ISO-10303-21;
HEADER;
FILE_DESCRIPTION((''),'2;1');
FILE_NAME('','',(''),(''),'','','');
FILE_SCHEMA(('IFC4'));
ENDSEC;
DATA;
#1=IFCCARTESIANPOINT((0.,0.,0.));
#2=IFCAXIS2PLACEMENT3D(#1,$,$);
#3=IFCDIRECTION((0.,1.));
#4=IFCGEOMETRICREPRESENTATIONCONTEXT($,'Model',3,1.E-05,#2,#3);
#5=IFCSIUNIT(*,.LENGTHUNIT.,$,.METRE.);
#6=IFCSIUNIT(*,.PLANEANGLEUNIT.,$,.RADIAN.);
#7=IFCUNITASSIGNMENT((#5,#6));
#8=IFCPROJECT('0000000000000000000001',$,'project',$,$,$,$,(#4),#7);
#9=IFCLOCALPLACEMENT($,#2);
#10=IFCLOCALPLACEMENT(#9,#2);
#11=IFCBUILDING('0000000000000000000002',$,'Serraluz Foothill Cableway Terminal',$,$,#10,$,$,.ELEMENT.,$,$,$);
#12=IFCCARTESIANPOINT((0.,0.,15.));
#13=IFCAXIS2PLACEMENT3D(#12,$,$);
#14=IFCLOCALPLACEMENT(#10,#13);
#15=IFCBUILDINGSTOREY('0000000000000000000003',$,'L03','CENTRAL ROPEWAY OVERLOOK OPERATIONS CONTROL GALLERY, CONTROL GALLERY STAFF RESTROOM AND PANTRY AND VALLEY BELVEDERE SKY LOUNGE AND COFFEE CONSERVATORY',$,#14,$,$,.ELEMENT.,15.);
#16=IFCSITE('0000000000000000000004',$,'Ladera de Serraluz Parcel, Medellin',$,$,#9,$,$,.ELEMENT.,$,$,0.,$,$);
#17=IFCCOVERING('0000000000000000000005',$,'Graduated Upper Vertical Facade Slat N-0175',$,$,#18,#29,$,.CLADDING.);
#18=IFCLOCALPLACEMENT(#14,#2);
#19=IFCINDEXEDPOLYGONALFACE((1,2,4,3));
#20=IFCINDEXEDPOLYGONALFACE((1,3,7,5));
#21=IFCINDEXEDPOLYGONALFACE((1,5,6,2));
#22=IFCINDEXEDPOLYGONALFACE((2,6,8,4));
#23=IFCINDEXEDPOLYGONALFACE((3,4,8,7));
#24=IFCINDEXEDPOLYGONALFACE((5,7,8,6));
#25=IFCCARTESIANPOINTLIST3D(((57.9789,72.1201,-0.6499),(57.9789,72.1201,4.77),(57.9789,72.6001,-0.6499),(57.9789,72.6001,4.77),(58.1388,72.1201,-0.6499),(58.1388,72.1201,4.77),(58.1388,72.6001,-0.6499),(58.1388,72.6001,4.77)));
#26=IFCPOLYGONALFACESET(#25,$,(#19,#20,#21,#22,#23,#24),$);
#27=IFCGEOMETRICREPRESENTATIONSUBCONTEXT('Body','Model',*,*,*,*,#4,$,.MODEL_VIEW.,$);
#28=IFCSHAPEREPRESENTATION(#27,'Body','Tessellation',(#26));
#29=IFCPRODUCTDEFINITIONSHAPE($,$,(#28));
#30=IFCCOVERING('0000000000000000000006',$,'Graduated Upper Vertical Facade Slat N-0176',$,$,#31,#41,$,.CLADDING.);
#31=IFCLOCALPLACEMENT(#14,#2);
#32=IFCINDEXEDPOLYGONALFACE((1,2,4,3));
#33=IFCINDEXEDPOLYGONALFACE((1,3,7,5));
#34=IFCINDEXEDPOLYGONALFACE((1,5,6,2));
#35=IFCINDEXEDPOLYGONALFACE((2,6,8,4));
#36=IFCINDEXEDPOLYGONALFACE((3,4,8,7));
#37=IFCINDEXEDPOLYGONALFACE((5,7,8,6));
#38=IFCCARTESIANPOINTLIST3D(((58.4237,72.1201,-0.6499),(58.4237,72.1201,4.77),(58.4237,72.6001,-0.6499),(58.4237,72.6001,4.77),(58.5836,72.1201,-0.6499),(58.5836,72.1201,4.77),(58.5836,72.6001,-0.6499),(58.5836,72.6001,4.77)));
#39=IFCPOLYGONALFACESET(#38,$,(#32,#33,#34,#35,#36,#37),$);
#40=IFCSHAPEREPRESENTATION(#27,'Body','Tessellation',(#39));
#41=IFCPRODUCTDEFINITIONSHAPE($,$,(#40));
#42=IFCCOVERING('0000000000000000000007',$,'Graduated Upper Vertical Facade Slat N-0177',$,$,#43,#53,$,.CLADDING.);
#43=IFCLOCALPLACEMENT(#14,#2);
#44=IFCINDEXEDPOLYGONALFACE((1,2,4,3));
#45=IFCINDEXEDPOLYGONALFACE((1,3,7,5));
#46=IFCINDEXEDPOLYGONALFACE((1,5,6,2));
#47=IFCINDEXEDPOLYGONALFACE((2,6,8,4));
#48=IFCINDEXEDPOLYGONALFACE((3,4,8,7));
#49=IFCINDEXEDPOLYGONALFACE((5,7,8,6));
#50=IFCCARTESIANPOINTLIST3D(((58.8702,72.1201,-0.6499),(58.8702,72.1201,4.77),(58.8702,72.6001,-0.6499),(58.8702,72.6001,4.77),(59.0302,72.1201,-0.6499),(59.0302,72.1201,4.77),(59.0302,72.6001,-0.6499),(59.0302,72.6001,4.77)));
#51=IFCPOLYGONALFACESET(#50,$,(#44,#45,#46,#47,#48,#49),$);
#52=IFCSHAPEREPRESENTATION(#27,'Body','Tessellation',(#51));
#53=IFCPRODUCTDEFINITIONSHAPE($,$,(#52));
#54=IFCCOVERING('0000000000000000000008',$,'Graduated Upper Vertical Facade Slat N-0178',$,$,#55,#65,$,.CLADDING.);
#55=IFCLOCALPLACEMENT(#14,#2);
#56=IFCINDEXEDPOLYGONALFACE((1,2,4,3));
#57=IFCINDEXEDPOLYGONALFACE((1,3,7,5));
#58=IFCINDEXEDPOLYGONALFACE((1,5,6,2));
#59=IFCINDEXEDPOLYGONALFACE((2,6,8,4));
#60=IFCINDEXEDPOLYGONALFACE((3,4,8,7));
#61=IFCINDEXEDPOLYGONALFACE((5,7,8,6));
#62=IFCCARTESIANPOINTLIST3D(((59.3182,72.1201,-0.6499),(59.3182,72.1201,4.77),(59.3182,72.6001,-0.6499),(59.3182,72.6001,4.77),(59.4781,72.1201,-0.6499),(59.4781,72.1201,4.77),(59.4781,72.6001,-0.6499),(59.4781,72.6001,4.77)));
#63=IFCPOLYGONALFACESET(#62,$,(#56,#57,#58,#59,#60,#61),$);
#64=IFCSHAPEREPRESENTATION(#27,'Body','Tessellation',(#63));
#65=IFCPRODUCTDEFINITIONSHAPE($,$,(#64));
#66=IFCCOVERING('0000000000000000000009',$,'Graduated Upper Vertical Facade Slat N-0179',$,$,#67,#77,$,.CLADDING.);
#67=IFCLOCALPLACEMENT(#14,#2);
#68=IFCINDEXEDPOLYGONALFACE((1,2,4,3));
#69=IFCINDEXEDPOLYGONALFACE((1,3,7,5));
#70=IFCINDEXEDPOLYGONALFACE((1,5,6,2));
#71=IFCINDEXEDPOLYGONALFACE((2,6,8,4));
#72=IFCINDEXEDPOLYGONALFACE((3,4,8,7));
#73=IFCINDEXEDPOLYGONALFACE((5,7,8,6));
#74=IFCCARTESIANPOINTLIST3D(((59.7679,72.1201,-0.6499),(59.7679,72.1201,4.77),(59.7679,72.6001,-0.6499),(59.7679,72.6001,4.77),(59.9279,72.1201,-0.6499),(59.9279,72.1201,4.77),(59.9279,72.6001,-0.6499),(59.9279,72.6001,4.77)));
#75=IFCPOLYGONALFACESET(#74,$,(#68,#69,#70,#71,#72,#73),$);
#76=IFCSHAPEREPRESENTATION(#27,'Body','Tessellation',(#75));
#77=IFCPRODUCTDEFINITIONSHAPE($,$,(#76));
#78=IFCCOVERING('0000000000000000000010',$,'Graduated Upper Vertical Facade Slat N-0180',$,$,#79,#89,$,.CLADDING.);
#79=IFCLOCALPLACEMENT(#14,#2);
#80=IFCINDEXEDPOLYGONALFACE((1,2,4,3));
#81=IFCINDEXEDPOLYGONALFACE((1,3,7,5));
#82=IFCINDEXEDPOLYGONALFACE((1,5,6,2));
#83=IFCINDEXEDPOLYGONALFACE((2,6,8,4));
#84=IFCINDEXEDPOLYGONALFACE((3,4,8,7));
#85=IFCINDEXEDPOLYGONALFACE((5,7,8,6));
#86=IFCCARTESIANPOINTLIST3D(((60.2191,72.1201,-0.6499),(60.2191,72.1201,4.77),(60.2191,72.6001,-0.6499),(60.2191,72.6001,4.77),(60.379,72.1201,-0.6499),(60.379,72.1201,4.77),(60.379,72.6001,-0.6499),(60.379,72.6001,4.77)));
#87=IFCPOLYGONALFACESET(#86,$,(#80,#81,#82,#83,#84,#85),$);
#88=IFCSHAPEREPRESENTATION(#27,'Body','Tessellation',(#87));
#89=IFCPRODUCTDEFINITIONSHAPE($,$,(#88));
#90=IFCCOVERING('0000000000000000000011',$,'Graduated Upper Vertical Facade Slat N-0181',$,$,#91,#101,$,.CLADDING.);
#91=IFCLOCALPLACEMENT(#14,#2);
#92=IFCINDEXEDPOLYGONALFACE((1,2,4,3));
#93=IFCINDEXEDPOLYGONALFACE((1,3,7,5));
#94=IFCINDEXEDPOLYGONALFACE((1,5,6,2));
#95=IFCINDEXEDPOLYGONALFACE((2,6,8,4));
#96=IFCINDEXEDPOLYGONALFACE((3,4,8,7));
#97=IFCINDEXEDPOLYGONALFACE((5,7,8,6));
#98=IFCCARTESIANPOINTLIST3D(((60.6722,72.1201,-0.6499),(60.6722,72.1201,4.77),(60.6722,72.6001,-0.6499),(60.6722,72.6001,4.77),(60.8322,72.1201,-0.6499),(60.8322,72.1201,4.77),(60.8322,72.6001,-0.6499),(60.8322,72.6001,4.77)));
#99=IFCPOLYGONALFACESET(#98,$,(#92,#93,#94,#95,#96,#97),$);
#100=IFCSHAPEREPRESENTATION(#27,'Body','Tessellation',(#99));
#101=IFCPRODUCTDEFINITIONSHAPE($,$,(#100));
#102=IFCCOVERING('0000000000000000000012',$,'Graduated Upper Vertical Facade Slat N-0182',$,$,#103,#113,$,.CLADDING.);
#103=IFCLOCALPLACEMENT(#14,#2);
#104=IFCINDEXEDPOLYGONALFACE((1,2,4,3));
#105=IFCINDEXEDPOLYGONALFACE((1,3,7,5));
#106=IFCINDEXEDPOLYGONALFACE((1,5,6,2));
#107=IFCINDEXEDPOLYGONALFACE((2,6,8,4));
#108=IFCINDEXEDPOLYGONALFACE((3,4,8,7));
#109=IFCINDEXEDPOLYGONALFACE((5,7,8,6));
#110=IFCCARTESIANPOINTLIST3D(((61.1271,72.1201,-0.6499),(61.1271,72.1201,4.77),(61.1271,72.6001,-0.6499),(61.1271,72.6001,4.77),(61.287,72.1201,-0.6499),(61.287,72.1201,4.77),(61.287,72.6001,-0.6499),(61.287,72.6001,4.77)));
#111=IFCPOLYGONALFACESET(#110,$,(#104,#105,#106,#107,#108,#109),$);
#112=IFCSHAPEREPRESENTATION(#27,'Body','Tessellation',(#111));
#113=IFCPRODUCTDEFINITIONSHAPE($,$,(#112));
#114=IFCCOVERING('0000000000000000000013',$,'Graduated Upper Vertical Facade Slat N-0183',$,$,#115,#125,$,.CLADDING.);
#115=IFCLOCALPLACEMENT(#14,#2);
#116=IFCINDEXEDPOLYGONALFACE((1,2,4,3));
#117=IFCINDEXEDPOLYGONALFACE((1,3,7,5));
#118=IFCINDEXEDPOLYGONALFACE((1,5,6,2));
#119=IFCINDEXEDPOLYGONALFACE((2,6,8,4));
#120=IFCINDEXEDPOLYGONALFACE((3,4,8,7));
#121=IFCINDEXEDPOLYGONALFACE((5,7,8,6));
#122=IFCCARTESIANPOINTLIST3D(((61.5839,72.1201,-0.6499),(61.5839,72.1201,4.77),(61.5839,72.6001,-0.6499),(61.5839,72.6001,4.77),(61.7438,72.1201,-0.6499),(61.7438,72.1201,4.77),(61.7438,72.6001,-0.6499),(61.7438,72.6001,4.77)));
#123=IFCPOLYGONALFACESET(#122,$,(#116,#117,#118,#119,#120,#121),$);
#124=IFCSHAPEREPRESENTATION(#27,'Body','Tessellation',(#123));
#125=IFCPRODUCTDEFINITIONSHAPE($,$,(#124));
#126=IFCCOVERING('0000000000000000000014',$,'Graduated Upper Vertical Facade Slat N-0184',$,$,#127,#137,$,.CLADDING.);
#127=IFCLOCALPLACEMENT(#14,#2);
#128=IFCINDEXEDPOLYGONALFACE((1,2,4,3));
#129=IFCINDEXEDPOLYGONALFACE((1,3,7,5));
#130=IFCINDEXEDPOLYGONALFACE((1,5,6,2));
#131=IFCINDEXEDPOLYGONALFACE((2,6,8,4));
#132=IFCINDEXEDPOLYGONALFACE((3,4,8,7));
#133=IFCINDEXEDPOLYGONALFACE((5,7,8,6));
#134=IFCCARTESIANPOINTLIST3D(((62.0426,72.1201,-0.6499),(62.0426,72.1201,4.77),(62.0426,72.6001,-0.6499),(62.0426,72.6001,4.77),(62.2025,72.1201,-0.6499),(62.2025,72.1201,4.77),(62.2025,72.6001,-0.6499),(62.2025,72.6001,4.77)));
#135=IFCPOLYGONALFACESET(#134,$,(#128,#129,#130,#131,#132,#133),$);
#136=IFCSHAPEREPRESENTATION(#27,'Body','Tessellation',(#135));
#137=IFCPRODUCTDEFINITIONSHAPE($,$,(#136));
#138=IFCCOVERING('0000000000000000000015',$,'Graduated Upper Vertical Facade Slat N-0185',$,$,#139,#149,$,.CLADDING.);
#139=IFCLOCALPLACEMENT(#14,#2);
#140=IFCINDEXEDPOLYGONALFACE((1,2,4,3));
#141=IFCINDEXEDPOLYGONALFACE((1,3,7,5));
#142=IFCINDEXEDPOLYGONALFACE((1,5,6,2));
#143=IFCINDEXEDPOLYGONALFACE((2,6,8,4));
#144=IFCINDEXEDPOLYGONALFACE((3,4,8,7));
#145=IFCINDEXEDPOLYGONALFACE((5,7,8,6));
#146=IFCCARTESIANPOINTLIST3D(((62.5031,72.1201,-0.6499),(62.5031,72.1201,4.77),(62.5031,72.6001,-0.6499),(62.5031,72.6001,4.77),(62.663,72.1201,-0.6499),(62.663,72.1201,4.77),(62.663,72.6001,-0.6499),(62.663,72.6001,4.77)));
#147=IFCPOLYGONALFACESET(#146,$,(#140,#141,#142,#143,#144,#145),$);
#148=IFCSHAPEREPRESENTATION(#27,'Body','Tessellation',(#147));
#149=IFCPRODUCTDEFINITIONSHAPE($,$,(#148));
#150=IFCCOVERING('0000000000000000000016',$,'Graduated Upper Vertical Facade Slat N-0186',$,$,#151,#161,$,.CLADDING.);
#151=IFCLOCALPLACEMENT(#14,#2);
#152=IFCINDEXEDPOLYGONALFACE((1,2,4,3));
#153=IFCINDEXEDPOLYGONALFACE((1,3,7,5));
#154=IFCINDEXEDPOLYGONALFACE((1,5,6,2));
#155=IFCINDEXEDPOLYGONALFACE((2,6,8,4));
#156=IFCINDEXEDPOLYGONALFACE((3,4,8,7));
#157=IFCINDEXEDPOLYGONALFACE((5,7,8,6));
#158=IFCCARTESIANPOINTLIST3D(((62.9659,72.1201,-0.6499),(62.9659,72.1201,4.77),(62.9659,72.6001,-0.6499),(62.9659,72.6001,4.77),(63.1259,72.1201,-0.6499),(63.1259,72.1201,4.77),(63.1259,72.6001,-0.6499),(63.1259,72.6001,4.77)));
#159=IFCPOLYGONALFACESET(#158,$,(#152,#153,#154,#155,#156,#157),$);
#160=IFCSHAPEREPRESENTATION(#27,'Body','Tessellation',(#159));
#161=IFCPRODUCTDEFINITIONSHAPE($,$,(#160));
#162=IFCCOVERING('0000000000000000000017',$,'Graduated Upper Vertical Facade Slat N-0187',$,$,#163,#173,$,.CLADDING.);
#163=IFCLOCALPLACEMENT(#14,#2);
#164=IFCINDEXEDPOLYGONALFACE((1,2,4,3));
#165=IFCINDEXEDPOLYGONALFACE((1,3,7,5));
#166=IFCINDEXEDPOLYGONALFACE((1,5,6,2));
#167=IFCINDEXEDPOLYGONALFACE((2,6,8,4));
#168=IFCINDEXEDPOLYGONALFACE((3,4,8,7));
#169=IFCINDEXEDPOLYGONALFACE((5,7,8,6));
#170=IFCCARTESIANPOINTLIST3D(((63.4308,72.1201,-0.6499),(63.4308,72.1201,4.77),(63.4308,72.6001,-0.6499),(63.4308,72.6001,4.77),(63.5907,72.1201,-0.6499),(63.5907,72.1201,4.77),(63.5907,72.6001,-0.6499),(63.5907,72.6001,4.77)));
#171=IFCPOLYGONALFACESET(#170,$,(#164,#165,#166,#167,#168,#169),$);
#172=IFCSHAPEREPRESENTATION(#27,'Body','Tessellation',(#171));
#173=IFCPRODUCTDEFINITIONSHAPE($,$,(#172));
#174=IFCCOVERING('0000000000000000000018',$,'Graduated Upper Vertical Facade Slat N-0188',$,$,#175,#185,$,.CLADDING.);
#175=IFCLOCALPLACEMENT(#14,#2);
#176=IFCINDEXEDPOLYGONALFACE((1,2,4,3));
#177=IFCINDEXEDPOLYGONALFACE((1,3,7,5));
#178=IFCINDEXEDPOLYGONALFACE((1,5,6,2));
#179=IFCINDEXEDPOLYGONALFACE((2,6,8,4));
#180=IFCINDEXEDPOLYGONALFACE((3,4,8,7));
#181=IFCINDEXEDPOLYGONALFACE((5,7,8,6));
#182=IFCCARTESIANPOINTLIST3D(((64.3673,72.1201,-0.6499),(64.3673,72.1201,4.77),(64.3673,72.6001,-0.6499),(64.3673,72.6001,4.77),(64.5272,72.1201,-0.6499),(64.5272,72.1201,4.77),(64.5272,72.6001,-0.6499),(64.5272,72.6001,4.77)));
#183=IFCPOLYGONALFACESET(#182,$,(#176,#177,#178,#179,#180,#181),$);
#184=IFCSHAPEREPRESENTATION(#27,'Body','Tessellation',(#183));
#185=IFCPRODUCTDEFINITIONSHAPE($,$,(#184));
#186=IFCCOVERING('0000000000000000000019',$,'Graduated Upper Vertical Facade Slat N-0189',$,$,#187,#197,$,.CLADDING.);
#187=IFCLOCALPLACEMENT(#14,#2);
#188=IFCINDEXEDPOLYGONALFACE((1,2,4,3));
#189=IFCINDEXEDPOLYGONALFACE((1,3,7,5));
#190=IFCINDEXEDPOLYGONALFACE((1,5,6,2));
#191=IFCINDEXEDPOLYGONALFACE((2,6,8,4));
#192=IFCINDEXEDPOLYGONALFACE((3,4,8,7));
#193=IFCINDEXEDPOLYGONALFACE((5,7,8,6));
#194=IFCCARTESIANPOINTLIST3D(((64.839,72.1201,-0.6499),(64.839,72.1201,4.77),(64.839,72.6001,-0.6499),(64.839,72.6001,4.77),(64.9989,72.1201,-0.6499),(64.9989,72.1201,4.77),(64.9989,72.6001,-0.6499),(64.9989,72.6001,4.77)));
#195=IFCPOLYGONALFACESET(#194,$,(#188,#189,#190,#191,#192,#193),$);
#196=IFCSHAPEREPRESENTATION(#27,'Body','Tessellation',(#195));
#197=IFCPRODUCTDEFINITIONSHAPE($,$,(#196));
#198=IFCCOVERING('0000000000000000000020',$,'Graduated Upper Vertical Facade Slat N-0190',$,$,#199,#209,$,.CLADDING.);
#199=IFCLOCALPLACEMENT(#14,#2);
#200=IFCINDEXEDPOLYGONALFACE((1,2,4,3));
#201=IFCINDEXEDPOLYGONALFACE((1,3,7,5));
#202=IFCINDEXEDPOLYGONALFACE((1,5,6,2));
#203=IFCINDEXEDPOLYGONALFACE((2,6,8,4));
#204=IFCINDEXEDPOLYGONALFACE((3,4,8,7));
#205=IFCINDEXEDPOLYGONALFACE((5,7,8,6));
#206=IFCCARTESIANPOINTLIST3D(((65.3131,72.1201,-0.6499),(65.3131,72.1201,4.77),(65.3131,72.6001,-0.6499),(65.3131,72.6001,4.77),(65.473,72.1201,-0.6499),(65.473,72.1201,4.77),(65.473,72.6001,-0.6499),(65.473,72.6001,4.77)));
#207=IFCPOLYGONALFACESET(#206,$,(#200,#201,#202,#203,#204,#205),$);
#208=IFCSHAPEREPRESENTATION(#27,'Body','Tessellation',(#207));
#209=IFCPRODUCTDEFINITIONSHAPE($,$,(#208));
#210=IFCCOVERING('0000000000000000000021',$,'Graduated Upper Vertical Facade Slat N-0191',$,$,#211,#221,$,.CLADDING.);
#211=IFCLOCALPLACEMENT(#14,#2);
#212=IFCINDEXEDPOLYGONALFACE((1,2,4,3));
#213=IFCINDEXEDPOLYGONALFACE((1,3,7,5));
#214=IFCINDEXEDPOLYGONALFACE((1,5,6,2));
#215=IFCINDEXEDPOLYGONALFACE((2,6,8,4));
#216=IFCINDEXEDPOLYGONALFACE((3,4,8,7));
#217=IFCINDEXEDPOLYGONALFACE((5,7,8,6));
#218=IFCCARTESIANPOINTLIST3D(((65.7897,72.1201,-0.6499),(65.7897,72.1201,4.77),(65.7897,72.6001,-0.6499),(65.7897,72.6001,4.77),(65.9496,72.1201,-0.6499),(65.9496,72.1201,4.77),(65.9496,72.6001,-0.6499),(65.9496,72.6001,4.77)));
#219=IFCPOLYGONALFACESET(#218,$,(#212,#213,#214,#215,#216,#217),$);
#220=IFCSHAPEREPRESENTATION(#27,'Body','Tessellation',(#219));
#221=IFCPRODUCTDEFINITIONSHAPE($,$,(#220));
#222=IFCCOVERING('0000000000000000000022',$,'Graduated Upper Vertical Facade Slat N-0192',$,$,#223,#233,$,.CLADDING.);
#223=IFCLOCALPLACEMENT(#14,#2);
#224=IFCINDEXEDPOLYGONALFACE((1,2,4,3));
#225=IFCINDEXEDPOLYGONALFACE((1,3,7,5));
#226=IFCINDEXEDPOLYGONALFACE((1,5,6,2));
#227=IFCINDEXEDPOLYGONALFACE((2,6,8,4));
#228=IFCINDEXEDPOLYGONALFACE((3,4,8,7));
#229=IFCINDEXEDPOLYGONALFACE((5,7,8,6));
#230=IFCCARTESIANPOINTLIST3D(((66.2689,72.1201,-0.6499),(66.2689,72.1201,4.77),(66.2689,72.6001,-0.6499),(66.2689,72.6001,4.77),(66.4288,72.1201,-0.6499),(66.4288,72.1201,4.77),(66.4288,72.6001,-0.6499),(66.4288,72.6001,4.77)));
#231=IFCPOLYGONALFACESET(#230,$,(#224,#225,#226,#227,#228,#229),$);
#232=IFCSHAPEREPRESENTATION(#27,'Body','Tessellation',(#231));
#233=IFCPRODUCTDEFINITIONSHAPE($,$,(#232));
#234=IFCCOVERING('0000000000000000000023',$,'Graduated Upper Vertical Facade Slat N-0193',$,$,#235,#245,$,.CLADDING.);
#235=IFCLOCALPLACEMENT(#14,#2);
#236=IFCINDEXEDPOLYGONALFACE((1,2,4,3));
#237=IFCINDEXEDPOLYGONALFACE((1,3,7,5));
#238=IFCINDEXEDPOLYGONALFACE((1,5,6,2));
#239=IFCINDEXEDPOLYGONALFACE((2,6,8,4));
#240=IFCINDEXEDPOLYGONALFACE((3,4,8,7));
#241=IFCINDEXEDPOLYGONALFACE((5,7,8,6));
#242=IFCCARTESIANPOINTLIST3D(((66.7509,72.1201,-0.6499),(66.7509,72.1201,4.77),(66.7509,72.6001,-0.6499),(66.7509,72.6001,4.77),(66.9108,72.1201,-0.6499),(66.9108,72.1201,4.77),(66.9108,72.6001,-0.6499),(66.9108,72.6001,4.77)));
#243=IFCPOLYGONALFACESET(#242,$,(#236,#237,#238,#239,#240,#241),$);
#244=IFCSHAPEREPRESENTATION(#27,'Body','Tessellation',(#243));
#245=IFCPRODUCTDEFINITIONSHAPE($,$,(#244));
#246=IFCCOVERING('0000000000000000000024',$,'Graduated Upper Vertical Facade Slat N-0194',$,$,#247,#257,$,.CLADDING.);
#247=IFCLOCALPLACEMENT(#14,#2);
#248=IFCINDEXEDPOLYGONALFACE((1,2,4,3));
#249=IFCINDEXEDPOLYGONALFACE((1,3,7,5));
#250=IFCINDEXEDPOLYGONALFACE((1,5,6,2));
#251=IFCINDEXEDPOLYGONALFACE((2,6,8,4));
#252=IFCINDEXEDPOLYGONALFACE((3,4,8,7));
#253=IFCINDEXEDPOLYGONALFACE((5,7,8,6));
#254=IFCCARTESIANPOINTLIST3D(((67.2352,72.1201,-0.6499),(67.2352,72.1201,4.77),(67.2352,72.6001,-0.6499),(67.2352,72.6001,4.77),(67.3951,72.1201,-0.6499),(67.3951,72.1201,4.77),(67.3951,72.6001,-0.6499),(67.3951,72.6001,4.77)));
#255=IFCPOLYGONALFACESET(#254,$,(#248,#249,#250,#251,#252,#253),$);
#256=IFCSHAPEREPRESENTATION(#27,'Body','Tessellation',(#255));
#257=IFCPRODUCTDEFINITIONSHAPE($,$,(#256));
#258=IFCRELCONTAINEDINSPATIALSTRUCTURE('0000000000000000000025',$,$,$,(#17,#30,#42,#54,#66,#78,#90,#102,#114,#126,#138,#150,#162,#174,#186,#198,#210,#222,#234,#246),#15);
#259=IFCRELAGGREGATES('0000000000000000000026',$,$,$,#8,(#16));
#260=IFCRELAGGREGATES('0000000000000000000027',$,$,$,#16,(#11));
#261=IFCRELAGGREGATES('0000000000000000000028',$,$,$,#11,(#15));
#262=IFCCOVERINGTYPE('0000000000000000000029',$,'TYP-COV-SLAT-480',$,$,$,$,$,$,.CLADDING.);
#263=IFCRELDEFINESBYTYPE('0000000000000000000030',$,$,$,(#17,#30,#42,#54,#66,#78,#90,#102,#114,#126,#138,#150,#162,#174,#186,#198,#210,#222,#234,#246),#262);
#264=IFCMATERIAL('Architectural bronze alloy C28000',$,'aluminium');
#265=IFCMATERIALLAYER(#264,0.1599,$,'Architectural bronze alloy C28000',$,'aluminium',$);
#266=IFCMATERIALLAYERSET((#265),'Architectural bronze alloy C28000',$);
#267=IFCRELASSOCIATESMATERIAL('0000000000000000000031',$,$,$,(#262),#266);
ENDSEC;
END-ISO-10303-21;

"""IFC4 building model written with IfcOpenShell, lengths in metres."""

from ifc_helpers import new_model, si_unit, direction, frame, origin, origin_2d, place, context, subcontext, project, spatial, rectangle, extrude, material, layer, layer_set, type_object, element, save


model = new_model("IFC4")

# Units and contexts
model_context = context("Model", 3, precision=1e-05, world=origin(), true_north=direction((0.0, 1.0)))
body_context = subcontext(model_context, "Body", "Model", "MODEL_VIEW")
ifc_project = project(units=[si_unit("LENGTHUNIT", "METRE"), si_unit("PLANEANGLEUNIT", "RADIAN")], contexts=[model_context])

# Site, building, storey
site_placement = place(None, origin())
site = spatial("IfcSite", under=ifc_project, at=site_placement, Name="Ladera de Serraluz Parcel, Medellin", CompositionType="ELEMENT", RefElevation=0.0)
building_placement = place(site_placement, origin())
building = spatial("IfcBuilding", under=site, at=building_placement, Name="Serraluz Foothill Cableway Terminal", CompositionType="ELEMENT")
storey_placement = place(building_placement, frame((0.0, 0.0, 15.0)))
storey = spatial("IfcBuildingStorey", under=building, at=storey_placement, Name="L03", Description="CENTRAL ROPEWAY OVERLOOK OPERATIONS CONTROL GALLERY, CONTROL GALLERY STAFF RESTROOM AND PANTRY AND VALLEY BELVEDERE SKY LOUNGE AND COFFEE CONSERVATORY", CompositionType="ELEMENT", Elevation=15.0)

# Coverings
ifc_material = material(Name="Architectural bronze alloy C28000", Category="aluminium")
ifc_layer = layer(ifc_material, 0.1599, Name="Architectural bronze alloy C28000", Category="aluminium")
ifc_layer_set = layer_set([ifc_layer], Name="Architectural bronze alloy C28000")
covering_type = type_object("IfcCoveringType", Name="TYP-COV-SLAT-480", PredefinedType="CLADDING", material=ifc_layer_set)
for number, where, z_axis, x_axis, name in (
    (1, (58.0588, 72.3601, -0.6499), (0.0, 0.0, 1.0), (1.0, 0.0, 0.0), "Graduated Upper Vertical Facade Slat N-0175"),
    (2, (58.5037, 72.3601, -0.6499), (0.0, 0.0, 1.0), (1.0, 0.0, 0.0), "Graduated Upper Vertical Facade Slat N-0176"),
    (3, (58.9502, 72.3601, -0.6499), (0.0, 0.0, 1.0), (1.0, 0.0, 0.0), "Graduated Upper Vertical Facade Slat N-0177"),
    (4, (59.3982, 72.3601, -0.6499), (0.0, 0.0, 1.0), (1.0, 0.0, 0.0), "Graduated Upper Vertical Facade Slat N-0178"),
    (5, (59.8479, 72.3601, -0.6499), (0.0, 0.0, 1.0), (1.0, 0.0, 0.0), "Graduated Upper Vertical Facade Slat N-0179"),
    (6, (60.2991, 72.3601, -0.6499), (0.0, 0.0, 1.0), (1.0, 0.0, 0.0), "Graduated Upper Vertical Facade Slat N-0180"),
    (7, (60.7522, 72.3601, -0.6499), (0.0, 0.0, 1.0), (1.0, 0.0, 0.0), "Graduated Upper Vertical Facade Slat N-0181"),
    (8, (61.207, 72.3601, -0.6499), (0.0, 0.0, 1.0), (1.0, 0.0, 0.0), "Graduated Upper Vertical Facade Slat N-0182"),
    (9, (61.6638, 72.3601, -0.6499), (0.0, 0.0, 1.0), (1.0, 0.0, 0.0), "Graduated Upper Vertical Facade Slat N-0183"),
    (10, (62.1226, 72.3601, -0.6499), (0.0, 0.0, 1.0), (1.0, 0.0, 0.0), "Graduated Upper Vertical Facade Slat N-0184"),
    (11, (62.583, 72.3601, -0.6499), (0.0, 0.0, 1.0), (1.0, 0.0, 0.0), "Graduated Upper Vertical Facade Slat N-0185"),
    (12, (63.0459, 72.3601, -0.6499), (0.0, 0.0, 1.0), (1.0, 0.0, 0.0), "Graduated Upper Vertical Facade Slat N-0186"),
    (13, (63.5107, 72.3601, -0.6499), (0.0, 0.0, 1.0), (1.0, 0.0, 0.0), "Graduated Upper Vertical Facade Slat N-0187"),
    (14, (64.4473, 72.3601, -0.6499), (0.0, 0.0, 1.0), (1.0, 0.0, 0.0), "Graduated Upper Vertical Facade Slat N-0188"),
    (15, (64.9189, 72.3601, -0.6499), (0.0, 0.0, 1.0), (1.0, 0.0, 0.0), "Graduated Upper Vertical Facade Slat N-0189"),
    (16, (65.3931, 72.3601, -0.6499), (0.0, 0.0, 1.0), (1.0, 0.0, 0.0), "Graduated Upper Vertical Facade Slat N-0190"),
    (17, (65.8696, 72.3601, -0.6499), (0.0, 0.0, 1.0), (1.0, 0.0, 0.0), "Graduated Upper Vertical Facade Slat N-0191"),
    (18, (66.3489, 72.3601, -0.6499), (0.0, 0.0, 1.0), (1.0, 0.0, 0.0), "Graduated Upper Vertical Facade Slat N-0192"),
    (19, (66.8308, 72.3601, -0.6499), (0.0, 0.0, 1.0), (1.0, 0.0, 0.0), "Graduated Upper Vertical Facade Slat N-0193"),
    (20, (67.3152, 72.3601, -0.6499), (0.0, 0.0, 1.0), (1.0, 0.0, 0.0), "Graduated Upper Vertical Facade Slat N-0194"),
):
    element("IfcCovering", number, at=place(storey_placement, frame(where, z_axis=z_axis, x_axis=x_axis)), inside=storey, type_object=covering_type, Name=name, PredefinedType="CLADDING", context=body_context, shape_type="SweptSolid", body=[
        extrude(rectangle(XDim=0.1599, YDim=0.48, at=origin_2d()), origin(), (0.0, 0.0, 1.0), 5.4199),
    ])

save(model, "model.ifc")
